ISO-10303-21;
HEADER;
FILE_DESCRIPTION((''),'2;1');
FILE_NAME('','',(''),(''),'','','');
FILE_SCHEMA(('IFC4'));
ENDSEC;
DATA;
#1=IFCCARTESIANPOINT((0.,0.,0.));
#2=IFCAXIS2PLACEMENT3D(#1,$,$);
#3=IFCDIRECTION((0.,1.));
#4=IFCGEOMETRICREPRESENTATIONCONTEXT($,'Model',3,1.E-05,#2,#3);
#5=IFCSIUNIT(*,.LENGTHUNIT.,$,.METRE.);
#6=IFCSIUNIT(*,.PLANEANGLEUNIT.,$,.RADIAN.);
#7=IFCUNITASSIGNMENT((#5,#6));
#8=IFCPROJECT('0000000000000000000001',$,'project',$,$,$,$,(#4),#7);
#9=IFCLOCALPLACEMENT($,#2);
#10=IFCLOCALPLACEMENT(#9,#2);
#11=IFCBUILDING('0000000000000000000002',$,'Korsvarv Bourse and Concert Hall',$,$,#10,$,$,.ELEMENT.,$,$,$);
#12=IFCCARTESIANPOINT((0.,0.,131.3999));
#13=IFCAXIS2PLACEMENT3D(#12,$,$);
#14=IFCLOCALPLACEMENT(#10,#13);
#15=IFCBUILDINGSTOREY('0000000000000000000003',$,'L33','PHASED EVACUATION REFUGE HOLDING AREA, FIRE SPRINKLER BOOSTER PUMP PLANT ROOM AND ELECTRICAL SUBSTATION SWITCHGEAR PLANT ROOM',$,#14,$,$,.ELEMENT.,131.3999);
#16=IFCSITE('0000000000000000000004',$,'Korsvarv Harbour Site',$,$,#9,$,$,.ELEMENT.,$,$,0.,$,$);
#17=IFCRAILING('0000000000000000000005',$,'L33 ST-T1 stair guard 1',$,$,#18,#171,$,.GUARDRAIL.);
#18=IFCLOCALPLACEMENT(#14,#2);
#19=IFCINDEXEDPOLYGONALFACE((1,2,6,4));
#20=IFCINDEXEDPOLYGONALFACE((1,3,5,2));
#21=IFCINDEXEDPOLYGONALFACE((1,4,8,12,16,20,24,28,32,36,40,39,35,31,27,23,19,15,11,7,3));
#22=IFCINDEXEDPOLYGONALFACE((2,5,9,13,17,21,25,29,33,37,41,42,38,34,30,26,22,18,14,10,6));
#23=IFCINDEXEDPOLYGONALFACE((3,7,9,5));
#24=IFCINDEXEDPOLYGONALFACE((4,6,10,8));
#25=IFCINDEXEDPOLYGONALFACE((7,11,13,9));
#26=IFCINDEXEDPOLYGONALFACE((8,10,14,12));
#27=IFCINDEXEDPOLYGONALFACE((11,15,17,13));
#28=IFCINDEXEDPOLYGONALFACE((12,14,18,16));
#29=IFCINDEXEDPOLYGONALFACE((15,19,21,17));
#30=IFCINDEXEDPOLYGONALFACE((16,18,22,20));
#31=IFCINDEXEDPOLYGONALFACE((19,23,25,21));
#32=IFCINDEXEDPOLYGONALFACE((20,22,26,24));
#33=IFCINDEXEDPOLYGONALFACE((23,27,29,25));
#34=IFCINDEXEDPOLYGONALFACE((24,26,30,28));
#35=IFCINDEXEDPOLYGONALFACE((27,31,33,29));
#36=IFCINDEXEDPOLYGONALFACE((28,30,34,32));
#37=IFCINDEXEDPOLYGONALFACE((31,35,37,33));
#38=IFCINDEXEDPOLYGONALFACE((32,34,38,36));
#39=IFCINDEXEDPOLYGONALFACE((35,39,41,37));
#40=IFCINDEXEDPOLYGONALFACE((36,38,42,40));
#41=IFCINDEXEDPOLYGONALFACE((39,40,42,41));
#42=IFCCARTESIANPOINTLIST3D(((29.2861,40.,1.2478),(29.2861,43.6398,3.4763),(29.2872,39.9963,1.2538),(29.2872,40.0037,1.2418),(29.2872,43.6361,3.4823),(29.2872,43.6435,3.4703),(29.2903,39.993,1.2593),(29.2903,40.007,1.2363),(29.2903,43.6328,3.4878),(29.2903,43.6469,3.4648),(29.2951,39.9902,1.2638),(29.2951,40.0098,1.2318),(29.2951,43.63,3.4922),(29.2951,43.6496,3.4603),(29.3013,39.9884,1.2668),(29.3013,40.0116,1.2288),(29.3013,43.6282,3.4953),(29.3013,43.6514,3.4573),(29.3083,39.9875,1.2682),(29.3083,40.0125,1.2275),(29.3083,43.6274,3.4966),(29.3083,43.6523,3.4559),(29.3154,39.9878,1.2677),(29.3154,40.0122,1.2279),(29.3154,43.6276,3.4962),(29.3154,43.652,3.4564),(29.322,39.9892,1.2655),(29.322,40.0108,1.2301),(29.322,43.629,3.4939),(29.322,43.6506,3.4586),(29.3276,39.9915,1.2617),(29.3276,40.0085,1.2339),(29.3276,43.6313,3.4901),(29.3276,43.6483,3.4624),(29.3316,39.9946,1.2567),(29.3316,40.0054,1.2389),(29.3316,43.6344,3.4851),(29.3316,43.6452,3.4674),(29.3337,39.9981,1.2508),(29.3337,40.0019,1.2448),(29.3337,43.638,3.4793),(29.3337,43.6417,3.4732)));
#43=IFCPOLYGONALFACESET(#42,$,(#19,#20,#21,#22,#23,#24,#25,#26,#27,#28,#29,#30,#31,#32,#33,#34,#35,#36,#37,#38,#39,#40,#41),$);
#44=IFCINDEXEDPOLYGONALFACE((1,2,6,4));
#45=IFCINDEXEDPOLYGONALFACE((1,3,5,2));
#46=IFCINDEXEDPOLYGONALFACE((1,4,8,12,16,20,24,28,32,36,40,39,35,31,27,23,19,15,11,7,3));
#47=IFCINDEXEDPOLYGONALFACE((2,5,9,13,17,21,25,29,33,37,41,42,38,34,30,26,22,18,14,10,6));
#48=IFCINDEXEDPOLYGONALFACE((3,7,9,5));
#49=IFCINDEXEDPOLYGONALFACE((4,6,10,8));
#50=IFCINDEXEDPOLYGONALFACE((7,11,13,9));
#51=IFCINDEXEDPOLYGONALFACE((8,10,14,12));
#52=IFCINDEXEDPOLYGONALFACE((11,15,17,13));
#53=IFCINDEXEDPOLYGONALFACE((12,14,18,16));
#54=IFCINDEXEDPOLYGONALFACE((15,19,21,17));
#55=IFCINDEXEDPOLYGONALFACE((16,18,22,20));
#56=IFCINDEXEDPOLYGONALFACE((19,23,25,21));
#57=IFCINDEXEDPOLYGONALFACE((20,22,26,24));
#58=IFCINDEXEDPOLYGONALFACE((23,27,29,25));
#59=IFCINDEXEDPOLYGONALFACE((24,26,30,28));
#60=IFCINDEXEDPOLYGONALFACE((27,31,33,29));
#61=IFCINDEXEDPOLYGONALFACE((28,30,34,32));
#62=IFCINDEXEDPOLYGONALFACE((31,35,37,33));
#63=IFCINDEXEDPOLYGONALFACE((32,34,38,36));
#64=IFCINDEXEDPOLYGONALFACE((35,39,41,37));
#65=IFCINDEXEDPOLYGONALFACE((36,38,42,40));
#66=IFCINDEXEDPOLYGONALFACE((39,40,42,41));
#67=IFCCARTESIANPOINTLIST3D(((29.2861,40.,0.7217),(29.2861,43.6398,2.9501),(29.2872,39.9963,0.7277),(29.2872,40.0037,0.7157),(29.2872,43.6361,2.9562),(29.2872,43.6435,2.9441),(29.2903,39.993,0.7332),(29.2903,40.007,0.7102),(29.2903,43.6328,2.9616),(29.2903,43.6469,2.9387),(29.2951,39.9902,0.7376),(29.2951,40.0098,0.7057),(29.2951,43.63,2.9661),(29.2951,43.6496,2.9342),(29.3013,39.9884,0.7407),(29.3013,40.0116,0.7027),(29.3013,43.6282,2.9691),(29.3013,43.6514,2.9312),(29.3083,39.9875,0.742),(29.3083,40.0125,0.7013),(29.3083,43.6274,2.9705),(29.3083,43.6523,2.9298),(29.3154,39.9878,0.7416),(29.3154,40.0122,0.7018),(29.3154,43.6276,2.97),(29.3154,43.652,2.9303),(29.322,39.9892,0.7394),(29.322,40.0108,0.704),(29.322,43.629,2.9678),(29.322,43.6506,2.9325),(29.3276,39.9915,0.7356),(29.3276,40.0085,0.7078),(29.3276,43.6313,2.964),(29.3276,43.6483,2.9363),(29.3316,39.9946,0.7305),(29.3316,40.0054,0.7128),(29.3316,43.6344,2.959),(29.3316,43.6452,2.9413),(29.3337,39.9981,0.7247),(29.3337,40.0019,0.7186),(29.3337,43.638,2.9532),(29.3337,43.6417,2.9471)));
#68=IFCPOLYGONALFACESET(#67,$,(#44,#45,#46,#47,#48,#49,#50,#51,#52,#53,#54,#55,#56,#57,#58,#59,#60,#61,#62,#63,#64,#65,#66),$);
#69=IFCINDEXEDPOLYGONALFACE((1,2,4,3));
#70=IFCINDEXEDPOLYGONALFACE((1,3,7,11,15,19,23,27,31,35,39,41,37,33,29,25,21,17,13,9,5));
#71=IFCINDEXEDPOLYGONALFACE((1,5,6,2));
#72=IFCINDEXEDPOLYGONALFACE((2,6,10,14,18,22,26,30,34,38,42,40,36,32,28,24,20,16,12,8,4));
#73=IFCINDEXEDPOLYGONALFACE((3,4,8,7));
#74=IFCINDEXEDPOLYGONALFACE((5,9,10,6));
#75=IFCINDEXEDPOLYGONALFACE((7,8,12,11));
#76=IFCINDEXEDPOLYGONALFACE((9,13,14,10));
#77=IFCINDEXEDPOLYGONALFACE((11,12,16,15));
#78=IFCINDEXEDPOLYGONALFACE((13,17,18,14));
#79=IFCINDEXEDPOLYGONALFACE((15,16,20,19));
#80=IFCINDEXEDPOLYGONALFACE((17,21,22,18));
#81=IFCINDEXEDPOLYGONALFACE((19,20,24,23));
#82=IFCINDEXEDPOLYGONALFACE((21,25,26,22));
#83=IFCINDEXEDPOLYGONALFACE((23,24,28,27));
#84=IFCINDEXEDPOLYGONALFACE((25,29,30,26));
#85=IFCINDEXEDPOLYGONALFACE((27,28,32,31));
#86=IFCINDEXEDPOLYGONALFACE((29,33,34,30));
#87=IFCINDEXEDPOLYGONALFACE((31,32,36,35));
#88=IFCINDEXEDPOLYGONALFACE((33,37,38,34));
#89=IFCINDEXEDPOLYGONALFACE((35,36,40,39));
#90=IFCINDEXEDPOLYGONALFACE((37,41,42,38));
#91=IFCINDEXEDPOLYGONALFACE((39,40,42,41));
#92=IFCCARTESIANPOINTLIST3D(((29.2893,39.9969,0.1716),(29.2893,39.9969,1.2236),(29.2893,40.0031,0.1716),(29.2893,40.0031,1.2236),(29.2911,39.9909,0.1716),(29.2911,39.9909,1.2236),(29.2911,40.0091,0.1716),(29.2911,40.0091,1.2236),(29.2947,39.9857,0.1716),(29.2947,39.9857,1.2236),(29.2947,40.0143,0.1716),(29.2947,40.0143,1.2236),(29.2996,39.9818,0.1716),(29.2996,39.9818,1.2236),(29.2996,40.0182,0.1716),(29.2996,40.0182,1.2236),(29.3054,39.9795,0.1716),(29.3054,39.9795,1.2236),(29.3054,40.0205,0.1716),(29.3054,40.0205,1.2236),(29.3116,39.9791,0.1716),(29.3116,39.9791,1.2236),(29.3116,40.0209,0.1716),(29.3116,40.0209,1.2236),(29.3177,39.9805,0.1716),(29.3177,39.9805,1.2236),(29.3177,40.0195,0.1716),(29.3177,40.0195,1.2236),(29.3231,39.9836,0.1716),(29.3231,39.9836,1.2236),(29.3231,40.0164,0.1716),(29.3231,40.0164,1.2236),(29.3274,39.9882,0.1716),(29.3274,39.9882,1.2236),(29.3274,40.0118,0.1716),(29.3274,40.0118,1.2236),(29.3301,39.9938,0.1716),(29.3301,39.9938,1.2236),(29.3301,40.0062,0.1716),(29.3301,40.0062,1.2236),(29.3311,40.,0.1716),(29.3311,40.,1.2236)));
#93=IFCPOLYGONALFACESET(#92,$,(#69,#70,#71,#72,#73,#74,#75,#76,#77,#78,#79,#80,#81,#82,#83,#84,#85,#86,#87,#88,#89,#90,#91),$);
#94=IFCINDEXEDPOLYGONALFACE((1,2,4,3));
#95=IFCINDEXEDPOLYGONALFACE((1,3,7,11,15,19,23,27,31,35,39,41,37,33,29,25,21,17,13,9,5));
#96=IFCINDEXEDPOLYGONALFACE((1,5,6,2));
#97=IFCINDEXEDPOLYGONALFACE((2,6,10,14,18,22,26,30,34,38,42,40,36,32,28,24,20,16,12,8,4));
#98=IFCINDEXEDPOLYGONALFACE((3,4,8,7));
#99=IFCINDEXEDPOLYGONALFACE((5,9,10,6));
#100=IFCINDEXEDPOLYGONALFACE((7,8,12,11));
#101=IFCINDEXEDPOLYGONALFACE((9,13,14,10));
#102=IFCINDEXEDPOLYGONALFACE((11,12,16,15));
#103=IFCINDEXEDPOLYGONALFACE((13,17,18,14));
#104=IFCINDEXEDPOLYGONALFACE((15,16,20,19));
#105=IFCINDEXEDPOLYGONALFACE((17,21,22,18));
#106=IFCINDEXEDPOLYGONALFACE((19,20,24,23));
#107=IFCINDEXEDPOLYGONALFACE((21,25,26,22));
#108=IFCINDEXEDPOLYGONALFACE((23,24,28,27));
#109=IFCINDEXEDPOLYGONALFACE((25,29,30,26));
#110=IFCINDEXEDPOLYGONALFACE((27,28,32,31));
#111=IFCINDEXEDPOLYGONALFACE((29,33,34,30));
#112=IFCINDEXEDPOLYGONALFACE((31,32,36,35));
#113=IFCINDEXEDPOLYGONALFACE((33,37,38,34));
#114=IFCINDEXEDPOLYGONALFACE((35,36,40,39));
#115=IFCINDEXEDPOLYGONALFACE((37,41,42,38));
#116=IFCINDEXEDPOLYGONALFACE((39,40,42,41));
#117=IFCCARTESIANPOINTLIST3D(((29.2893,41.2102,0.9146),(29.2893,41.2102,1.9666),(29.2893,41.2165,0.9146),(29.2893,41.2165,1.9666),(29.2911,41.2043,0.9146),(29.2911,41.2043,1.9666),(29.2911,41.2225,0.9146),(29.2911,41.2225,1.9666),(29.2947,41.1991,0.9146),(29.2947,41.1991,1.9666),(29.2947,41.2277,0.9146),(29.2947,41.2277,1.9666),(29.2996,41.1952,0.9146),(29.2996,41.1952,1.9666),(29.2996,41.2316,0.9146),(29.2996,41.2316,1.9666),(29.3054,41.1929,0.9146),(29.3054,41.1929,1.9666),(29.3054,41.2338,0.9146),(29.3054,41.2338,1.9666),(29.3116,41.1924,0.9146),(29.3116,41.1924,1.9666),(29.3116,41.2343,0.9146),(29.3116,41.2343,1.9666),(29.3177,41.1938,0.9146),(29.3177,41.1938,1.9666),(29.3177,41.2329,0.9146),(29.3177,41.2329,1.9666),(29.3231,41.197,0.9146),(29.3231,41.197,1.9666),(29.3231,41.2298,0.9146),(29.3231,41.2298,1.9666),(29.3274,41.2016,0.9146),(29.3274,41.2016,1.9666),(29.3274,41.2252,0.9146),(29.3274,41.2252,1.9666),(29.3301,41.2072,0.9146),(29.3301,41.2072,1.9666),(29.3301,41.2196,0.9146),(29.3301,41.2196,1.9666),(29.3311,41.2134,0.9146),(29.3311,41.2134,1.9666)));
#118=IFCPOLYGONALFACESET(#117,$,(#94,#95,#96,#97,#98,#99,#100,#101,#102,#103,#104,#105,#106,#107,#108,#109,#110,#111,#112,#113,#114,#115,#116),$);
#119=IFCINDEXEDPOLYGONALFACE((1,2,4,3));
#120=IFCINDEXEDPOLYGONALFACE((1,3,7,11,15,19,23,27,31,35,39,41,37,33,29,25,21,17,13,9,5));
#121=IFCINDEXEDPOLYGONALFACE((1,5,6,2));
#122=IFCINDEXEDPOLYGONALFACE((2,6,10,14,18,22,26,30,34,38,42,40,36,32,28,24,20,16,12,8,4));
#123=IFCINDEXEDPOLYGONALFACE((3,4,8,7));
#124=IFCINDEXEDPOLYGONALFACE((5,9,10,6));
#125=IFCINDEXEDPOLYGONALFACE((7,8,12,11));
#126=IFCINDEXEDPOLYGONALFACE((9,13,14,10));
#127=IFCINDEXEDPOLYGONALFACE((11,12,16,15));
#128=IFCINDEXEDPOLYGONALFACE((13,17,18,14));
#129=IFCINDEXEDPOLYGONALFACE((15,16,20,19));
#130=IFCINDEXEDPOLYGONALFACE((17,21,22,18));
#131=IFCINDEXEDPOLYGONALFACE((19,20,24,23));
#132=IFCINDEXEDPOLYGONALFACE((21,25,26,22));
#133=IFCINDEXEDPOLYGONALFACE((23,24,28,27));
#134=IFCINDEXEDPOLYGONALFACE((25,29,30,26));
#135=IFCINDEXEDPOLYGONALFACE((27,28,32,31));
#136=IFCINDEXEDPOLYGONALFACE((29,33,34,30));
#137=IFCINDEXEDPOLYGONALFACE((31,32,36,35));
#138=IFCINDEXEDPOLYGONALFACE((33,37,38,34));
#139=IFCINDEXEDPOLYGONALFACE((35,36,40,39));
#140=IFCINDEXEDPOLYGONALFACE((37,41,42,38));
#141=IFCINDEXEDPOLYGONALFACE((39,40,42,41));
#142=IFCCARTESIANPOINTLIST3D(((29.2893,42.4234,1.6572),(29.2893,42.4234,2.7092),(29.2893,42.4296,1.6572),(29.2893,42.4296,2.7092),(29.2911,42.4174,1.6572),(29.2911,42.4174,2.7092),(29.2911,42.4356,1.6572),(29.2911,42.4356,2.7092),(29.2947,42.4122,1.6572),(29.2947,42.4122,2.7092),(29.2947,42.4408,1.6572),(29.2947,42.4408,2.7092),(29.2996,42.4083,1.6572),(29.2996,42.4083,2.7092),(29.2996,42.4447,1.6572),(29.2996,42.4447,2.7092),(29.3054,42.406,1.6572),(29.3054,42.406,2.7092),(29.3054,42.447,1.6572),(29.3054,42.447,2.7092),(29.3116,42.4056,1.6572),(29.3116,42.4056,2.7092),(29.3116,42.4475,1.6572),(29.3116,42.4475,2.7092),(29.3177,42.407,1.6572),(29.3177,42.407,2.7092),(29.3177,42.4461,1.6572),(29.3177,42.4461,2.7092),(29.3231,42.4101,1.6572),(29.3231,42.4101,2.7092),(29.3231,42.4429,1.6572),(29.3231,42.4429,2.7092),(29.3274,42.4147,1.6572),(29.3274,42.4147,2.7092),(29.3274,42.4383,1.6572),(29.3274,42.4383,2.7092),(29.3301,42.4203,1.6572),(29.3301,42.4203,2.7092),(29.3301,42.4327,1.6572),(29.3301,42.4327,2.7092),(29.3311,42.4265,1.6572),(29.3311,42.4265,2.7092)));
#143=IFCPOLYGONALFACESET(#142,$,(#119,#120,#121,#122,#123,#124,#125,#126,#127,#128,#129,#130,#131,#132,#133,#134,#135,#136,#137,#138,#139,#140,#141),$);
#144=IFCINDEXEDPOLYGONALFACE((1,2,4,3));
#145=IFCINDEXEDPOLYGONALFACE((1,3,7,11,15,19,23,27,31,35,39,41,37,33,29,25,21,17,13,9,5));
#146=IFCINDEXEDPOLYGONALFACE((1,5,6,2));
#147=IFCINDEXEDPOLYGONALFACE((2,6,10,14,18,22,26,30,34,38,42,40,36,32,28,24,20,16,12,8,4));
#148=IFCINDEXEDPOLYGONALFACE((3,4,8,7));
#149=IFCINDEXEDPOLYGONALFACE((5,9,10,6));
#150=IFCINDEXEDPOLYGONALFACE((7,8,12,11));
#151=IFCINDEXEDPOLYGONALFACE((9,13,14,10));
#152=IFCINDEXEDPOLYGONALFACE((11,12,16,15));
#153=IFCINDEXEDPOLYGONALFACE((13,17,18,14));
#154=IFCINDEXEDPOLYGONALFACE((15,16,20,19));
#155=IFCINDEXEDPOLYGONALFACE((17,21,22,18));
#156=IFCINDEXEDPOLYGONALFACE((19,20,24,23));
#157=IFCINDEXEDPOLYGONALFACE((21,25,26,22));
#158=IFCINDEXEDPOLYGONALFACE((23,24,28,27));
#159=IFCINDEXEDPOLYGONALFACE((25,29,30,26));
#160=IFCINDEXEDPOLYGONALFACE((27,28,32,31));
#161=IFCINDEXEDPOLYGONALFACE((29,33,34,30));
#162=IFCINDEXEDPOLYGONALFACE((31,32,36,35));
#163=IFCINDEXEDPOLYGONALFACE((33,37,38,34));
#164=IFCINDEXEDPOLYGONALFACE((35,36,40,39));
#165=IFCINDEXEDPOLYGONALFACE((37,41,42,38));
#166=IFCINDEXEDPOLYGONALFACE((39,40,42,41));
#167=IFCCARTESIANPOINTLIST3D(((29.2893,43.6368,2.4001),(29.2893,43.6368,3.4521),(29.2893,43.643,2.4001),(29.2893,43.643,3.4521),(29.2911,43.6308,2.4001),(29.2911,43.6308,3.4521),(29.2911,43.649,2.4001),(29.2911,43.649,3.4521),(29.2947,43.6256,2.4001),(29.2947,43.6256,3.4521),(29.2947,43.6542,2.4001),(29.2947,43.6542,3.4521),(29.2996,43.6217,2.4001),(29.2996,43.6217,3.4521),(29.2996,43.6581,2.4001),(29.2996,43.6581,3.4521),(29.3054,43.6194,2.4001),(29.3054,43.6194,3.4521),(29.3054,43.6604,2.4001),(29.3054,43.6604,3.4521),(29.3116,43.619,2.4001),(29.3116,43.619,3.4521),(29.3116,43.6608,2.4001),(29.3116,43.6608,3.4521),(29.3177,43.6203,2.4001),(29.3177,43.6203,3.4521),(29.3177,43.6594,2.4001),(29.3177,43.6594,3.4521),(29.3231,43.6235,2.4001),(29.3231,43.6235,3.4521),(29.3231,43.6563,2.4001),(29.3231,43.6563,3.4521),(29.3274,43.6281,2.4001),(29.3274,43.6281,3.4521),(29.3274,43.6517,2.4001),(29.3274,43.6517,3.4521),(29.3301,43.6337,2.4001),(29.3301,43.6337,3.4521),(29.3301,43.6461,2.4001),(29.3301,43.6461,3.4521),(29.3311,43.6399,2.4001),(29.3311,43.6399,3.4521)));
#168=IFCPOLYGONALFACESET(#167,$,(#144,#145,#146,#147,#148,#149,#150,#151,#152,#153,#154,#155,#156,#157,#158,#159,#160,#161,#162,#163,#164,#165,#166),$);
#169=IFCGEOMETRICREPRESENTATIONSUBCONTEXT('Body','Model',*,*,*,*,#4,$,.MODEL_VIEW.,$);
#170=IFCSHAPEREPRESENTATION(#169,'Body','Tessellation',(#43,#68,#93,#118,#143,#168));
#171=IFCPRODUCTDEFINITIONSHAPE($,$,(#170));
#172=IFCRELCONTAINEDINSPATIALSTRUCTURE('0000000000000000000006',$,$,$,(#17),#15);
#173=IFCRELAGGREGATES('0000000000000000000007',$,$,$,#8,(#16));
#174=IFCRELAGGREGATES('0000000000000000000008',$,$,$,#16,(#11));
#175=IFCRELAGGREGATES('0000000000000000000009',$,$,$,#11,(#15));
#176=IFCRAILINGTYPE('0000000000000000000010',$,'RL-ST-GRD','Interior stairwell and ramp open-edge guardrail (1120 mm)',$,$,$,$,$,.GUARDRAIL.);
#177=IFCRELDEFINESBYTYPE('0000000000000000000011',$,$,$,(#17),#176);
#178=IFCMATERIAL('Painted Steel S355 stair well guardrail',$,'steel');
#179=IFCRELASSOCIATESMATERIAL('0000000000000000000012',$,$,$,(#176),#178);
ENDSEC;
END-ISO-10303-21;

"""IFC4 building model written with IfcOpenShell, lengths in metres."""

from ifc_helpers import new_model, si_unit, direction, frame, origin, origin_2d, place, context, subcontext, project, spatial, circle, extrude, material, type_object, element, save


model = new_model("IFC4")

# Units and contexts
model_context = context("Model", 3, precision=1e-05, world=origin(), true_north=direction((0.0, 1.0)))
body_context = subcontext(model_context, "Body", "Model", "MODEL_VIEW")
ifc_project = project(units=[si_unit("LENGTHUNIT", "METRE"), si_unit("PLANEANGLEUNIT", "RADIAN")], contexts=[model_context])

# Site, building, storey
site_placement = place(None, origin())
site = spatial("IfcSite", under=ifc_project, at=site_placement, Name="Korsvarv Harbour Site", CompositionType="ELEMENT", RefElevation=0.0)
building_placement = place(site_placement, origin())
building = spatial("IfcBuilding", under=site, at=building_placement, Name="Korsvarv Bourse and Concert Hall", CompositionType="ELEMENT")
storey_placement = place(building_placement, frame((0.0, 0.0, 131.3999)))
storey = spatial("IfcBuildingStorey", under=building, at=storey_placement, Name="L33", Description="PHASED EVACUATION REFUGE HOLDING AREA, FIRE SPRINKLER BOOSTER PUMP PLANT ROOM AND ELECTRICAL SUBSTATION SWITCHGEAR PLANT ROOM", CompositionType="ELEMENT", Elevation=131.3999)

# Railing
ifc_material_1 = material(Name="Painted Steel S355 stair well guardrail", Category="steel")
railing_type_1 = type_object("IfcRailingType", Name="RL-ST-GRD", Description="Interior stairwell and ramp open-edge guardrail (1120 mm)", PredefinedType="GUARDRAIL", material=ifc_material_1)
railing_1_placement = place(storey_placement, frame((29.3101, 40.0, 0.1716)))
element("IfcRailing", 1, at=railing_1_placement, inside=storey, type_object=railing_type_1, Name="L33 ST-T1 stair guard 1", PredefinedType="GUARDRAIL", context=body_context, shape_type="SweptSolid", body=[
    extrude(circle(Radius=0.0239, at=origin_2d()), frame((0.0, 0.0, 1.0762), z_axis=(0.0, 0.85285, 0.522156), x_axis=(-1.0, 0.0, 0.0)), (0.0, 0.0, 1.0), 4.2678),
    extrude(circle(Radius=0.0239, at=origin_2d()), frame((0.0, 0.0, 0.55), z_axis=(0.0, 0.85285, 0.522156), x_axis=(-1.0, 0.0, 0.0)), (0.0, 0.0, 1.0), 4.2678),
    extrude(circle(Radius=0.021, at=origin_2d()), origin(), (0.0, 0.0, 1.0), 1.052),
    extrude(circle(Radius=0.021, at=origin_2d()), frame((0.0, 1.2134, 0.7429)), (0.0, 0.0, 1.0), 1.052),
    extrude(circle(Radius=0.021, at=origin_2d()), frame((0.0, 2.4265, 1.4856)), (0.0, 0.0, 1.0), 1.052),
    extrude(circle(Radius=0.021, at=origin_2d()), frame((0.0, 3.6399, 2.2285)), (0.0, 0.0, 1.0), 1.052),
])

save(model, "model.ifc")
